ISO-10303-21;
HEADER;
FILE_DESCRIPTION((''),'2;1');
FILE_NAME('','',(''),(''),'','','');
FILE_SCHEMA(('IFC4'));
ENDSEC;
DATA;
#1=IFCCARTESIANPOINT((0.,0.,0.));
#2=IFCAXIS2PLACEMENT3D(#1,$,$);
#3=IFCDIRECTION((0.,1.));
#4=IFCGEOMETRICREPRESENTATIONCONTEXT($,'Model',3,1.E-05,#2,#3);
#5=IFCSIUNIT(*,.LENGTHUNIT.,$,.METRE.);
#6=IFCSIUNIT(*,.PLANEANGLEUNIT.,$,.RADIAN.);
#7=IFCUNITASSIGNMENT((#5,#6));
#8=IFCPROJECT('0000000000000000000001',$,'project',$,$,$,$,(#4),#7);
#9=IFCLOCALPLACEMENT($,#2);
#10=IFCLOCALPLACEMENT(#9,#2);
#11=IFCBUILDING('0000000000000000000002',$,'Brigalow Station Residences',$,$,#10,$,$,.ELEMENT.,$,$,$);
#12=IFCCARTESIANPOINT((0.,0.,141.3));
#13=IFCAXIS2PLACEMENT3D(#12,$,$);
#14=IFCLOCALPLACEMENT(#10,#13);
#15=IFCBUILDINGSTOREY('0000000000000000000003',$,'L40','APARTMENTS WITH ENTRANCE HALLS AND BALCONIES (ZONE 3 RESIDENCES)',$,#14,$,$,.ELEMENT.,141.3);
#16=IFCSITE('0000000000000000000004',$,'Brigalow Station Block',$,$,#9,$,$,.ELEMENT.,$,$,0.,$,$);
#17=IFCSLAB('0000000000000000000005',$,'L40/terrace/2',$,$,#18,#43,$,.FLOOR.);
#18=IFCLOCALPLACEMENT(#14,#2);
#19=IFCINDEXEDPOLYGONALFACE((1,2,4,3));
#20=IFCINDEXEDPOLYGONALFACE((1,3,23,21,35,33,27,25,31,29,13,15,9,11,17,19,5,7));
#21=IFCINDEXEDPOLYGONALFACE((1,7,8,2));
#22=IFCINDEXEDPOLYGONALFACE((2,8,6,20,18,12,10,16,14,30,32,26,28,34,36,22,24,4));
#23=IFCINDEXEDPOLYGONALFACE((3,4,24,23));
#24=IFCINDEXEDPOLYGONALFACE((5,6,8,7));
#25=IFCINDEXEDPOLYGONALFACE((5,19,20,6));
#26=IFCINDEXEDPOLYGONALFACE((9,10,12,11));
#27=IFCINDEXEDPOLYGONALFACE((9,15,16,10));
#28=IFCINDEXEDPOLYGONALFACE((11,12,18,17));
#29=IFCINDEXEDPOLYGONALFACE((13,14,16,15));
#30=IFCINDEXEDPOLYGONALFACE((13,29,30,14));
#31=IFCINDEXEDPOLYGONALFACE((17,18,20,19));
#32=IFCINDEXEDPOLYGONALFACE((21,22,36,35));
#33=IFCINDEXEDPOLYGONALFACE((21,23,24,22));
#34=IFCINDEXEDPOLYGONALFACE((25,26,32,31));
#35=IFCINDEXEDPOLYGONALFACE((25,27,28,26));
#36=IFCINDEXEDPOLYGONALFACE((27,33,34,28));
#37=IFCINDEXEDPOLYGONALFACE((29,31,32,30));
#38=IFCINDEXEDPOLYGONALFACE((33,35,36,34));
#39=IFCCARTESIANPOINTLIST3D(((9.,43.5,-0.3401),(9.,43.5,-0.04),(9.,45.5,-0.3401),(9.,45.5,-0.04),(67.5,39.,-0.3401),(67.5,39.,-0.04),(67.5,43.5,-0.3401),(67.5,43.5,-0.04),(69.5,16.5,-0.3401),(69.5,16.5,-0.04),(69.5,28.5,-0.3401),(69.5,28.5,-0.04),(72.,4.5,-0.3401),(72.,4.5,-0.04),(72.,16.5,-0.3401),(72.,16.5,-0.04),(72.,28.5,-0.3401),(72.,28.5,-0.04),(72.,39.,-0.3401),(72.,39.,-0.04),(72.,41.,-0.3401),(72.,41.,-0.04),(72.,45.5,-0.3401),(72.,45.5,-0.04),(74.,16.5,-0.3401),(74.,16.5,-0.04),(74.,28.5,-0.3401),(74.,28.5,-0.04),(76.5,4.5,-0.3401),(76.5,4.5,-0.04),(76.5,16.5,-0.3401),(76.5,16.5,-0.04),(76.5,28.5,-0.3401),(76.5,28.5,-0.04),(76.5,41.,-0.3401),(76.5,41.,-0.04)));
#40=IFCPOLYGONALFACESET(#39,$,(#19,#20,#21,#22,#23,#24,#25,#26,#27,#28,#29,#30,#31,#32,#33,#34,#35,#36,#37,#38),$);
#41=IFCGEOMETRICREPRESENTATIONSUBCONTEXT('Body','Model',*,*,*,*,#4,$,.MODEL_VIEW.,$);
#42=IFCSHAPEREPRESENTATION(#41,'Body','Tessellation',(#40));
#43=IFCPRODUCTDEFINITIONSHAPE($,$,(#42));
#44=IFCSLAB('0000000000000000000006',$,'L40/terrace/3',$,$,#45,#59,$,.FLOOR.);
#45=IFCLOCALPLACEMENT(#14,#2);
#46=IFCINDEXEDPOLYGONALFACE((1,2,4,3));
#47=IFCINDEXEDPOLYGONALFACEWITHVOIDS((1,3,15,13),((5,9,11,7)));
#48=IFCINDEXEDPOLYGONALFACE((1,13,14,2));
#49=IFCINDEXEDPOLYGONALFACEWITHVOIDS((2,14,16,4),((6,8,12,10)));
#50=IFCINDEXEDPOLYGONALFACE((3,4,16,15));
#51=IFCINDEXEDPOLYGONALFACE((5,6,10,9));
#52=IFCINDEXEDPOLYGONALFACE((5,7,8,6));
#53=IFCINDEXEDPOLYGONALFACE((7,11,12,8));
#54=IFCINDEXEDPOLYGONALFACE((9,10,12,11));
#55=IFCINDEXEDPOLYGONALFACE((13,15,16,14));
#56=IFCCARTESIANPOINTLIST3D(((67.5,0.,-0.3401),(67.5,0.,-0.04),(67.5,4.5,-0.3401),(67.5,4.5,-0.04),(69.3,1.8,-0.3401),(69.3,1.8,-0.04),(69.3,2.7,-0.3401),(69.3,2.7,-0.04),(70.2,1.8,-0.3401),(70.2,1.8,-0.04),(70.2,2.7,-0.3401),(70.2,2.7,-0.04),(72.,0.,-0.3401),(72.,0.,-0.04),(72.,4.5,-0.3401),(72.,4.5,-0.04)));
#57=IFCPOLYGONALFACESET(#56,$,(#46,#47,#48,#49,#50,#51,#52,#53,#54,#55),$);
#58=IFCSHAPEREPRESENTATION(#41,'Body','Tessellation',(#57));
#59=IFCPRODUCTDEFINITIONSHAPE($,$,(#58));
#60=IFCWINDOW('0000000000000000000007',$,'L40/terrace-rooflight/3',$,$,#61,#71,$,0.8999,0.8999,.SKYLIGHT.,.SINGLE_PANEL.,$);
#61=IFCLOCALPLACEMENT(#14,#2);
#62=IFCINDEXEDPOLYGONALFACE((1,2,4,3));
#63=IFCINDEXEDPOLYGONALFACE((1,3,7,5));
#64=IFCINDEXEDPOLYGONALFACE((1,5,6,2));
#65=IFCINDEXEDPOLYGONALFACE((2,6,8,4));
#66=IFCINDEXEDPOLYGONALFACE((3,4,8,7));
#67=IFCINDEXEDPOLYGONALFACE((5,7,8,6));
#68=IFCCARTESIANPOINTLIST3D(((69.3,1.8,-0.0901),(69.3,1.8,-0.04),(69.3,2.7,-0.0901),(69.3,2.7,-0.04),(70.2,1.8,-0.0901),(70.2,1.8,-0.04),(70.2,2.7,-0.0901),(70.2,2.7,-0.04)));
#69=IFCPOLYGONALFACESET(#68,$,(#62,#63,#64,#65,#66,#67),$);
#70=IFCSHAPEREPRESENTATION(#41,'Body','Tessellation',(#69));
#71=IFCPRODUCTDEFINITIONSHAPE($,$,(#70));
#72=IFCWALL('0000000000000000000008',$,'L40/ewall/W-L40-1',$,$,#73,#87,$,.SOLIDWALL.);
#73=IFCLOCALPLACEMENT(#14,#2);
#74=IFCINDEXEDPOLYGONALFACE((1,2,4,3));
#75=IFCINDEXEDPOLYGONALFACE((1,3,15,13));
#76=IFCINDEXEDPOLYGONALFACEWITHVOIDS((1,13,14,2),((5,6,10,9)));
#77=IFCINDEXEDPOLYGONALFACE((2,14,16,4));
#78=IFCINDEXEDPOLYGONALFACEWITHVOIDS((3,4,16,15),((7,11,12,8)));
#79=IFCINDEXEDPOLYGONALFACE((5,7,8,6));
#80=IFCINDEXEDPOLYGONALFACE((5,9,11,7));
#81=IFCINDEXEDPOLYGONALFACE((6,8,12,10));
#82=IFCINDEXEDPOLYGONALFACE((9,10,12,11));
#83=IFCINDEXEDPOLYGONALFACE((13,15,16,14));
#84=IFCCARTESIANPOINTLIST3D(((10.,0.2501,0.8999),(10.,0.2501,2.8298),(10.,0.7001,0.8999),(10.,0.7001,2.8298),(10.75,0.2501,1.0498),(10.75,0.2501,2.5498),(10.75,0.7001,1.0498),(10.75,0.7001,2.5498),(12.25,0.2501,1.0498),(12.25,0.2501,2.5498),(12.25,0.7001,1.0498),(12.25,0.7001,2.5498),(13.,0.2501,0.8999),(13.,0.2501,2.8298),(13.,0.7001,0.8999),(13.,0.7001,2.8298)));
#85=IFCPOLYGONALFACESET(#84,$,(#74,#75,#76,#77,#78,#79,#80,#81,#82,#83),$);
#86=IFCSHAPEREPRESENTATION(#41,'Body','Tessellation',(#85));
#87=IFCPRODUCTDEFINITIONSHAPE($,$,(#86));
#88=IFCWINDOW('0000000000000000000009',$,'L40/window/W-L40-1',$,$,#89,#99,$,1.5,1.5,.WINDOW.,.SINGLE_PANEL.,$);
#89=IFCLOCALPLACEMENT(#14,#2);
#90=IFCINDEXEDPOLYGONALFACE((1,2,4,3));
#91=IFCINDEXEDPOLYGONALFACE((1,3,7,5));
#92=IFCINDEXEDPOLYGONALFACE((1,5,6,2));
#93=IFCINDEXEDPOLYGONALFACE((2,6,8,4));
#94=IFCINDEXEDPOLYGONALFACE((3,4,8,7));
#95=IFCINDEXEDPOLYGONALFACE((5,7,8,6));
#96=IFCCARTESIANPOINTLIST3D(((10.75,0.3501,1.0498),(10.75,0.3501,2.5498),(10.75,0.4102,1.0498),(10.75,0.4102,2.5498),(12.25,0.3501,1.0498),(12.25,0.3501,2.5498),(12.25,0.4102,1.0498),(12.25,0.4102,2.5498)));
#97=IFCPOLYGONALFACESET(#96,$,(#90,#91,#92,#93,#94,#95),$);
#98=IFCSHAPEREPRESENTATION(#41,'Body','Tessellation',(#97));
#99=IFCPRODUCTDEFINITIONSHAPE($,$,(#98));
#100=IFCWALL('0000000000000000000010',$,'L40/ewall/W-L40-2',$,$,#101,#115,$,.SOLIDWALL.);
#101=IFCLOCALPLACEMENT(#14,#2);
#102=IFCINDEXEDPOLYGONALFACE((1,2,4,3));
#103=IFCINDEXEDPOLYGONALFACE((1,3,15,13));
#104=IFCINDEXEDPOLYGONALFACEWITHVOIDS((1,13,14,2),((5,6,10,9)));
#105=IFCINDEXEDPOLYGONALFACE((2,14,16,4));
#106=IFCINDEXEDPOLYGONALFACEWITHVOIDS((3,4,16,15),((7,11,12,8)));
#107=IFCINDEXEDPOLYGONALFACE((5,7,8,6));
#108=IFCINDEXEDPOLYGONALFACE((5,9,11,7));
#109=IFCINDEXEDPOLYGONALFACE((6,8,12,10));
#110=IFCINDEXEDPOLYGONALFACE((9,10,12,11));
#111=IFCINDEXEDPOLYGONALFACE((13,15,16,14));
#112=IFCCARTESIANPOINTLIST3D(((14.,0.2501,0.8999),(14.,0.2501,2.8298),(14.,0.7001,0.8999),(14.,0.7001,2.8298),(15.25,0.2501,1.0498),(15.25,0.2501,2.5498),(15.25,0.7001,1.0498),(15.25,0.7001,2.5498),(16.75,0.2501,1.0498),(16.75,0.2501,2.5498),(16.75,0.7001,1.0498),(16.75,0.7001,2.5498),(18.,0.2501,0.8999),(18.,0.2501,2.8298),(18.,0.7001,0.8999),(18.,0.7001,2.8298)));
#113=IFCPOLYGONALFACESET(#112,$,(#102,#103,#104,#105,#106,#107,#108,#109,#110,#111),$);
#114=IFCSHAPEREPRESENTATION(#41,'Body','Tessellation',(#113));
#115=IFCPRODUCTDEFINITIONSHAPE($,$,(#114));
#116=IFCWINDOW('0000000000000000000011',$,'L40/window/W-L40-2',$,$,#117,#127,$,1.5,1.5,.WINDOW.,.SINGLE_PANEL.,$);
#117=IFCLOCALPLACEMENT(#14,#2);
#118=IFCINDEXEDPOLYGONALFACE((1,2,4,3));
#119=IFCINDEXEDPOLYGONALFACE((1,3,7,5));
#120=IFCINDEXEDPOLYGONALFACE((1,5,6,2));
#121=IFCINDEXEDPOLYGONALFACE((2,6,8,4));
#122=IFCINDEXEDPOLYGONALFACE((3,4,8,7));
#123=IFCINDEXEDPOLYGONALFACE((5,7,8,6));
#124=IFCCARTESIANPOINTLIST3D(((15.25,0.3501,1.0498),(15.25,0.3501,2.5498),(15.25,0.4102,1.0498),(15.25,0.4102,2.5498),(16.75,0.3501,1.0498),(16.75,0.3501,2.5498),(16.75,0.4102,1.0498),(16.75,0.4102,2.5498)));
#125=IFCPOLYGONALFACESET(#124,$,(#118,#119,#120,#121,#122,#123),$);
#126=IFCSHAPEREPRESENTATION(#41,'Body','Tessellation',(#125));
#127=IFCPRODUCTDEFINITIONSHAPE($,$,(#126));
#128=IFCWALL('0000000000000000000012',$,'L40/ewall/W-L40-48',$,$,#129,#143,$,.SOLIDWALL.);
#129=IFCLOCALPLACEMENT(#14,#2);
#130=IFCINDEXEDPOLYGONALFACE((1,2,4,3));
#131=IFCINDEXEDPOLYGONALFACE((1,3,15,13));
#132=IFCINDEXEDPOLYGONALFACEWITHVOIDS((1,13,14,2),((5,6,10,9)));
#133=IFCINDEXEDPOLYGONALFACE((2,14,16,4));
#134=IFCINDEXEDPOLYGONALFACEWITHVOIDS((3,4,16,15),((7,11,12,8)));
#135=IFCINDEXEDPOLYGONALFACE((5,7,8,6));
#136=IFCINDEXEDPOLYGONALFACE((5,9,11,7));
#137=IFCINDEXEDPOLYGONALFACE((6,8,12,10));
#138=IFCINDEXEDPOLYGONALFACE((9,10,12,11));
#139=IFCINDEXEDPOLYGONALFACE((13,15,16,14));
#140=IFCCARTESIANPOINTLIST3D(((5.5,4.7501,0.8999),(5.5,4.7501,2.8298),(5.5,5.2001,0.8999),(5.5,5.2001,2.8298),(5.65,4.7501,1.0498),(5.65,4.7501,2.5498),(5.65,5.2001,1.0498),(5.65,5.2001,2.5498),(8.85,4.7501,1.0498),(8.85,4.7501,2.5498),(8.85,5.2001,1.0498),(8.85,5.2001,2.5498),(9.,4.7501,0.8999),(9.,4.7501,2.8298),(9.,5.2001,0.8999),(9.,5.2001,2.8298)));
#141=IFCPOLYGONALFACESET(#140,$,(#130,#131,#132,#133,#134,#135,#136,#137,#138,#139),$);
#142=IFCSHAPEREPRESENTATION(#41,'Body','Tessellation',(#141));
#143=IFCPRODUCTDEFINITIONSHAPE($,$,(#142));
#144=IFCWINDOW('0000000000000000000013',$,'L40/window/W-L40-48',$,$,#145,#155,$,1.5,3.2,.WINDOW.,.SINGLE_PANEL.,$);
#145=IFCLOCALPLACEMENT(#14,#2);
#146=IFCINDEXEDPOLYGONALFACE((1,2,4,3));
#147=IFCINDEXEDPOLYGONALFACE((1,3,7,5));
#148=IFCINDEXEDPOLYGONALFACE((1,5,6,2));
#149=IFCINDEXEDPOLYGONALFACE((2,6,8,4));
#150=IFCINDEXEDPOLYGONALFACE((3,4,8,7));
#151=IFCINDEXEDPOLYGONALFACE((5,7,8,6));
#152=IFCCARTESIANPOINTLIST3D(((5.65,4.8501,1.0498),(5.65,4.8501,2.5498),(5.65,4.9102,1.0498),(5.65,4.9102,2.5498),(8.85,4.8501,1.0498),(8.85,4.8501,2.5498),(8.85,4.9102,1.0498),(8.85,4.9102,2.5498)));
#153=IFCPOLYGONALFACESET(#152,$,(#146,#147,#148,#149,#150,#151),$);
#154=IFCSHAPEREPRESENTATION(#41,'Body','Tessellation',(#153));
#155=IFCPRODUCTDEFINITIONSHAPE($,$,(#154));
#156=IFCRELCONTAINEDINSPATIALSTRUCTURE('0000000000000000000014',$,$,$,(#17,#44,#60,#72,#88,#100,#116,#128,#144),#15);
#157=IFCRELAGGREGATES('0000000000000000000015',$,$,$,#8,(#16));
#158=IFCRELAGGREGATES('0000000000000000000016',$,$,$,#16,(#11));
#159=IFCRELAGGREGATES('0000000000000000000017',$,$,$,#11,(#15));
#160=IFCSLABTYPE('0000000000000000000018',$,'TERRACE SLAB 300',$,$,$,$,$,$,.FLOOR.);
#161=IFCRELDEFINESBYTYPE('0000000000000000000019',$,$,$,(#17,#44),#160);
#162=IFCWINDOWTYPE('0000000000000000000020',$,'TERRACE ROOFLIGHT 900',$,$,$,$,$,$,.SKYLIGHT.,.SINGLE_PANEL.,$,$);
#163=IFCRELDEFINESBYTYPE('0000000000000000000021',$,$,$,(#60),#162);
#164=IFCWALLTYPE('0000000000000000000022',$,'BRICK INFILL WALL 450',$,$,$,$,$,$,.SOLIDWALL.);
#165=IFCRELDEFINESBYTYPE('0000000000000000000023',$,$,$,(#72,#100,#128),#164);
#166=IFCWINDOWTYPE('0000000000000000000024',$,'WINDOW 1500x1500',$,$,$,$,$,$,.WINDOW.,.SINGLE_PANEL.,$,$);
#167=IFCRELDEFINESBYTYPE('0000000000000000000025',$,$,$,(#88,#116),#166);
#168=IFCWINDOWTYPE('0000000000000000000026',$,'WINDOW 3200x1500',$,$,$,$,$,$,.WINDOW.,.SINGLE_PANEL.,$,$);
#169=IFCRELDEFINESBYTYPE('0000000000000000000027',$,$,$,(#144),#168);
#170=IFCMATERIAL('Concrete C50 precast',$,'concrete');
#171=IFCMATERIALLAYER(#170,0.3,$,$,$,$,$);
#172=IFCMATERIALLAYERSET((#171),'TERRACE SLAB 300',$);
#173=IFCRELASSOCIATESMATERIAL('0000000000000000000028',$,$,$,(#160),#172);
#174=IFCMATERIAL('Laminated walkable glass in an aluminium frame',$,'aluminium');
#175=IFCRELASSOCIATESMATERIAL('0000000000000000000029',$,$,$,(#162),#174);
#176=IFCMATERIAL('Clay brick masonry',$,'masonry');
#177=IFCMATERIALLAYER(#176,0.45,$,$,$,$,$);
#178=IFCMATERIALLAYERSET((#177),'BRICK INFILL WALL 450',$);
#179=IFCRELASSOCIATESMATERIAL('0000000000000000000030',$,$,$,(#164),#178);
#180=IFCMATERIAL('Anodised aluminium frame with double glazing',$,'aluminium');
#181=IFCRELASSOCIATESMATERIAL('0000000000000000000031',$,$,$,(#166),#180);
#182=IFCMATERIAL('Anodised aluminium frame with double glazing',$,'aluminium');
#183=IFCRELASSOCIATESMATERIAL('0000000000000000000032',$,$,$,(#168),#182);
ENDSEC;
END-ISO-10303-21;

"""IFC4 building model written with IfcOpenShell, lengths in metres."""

from ifc_helpers import new_model, si_unit, direction, frame, frame_2d, origin, origin_2d, place, context, subcontext, project, spatial, polyline, rectangle, outline, extrude, material, layer, layer_set, type_object, element, fill, save


model = new_model("IFC4")

# Units and contexts
model_context = context("Model", 3, precision=1e-05, world=origin(), true_north=direction((0.0, 1.0)))
body_context = subcontext(model_context, "Body", "Model", "MODEL_VIEW")
ifc_project = project(units=[si_unit("LENGTHUNIT", "METRE"), si_unit("PLANEANGLEUNIT", "RADIAN")], contexts=[model_context])

# Site, building, storey
site_placement = place(None, origin())
site = spatial("IfcSite", under=ifc_project, at=site_placement, Name="Brigalow Station Block", CompositionType="ELEMENT", RefElevation=0.0)
building_placement = place(site_placement, origin())
building = spatial("IfcBuilding", under=site, at=building_placement, Name="Brigalow Station Residences", CompositionType="ELEMENT")
storey_placement = place(building_placement, frame((0.0, 0.0, 141.3)))
storey = spatial("IfcBuildingStorey", under=building, at=storey_placement, Name="L40", Description="APARTMENTS WITH ENTRANCE HALLS AND BALCONIES (ZONE 3 RESIDENCES)", CompositionType="ELEMENT", Elevation=141.3)

# Shared definitions
ifc_material_1 = material(Name="Concrete C50 precast", Category="concrete")
ifc_layer_1 = layer(ifc_material_1, 0.3)
ifc_layer_set_1 = layer_set([ifc_layer_1], Name="TERRACE SLAB 300")
slab_type_1 = type_object("IfcSlabType", Name="TERRACE SLAB 300", PredefinedType="FLOOR", material=ifc_layer_set_1)
ifc_material_2 = material(Name="Laminated walkable glass in an aluminium frame", Category="aluminium")
window_type_1 = type_object("IfcWindowType", Name="TERRACE ROOFLIGHT 900", PartitioningType="SINGLE_PANEL", PredefinedType="SKYLIGHT", material=ifc_material_2)

# Slab
slab_1_placement = place(storey_placement, frame((0.0, 0.0, -0.3401)))
element("IfcSlab", 1, at=slab_1_placement, inside=storey, type_object=slab_type_1, Name="L40/terrace/2", PredefinedType="FLOOR", context=body_context, shape_type="SweptSolid", body=[
    extrude(outline(polyline([(9.0, 43.5), (67.5, 43.5), (67.5, 39.0), (72.0, 39.0), (72.0, 28.5), (69.5, 28.5), (69.5, 16.5), (72.0, 16.5), (72.0, 4.5), (76.5, 4.5), (76.5, 16.5), (74.0, 16.5), (74.0, 28.5), (76.5, 28.5), (76.5, 41.0), (72.0, 41.0), (72.0, 45.5), (9.0, 45.5), (9.0, 43.5)])), origin(), (0.0, 0.0, 1.0), 0.3),
])

# Slab, opening, window
slab_2_placement = place(storey_placement, frame((0.0, 0.0, -0.3401)))
slab_2 = element("IfcSlab", 2, at=slab_2_placement, inside=storey, type_object=slab_type_1, Name="L40/terrace/3", PredefinedType="FLOOR", context=body_context, shape_type="SweptSolid", body=[
    extrude(outline(polyline([(72.0, 4.5), (67.5, 4.5), (67.5, 0.0), (72.0, 0.0), (72.0, 4.5)])), origin(), (0.0, 0.0, 1.0), 0.3),
])
opening_1_placement = place(slab_2_placement, frame((69.75, 2.25, 0.0)))
opening_1 = element("IfcOpeningElement", 3, at=opening_1_placement, cuts=slab_2, PredefinedType="OPENING", context=body_context, shape_type="SweptSolid", body=[
    extrude(rectangle(XDim=0.8999, YDim=0.8999, at=origin_2d()), origin(), (0.0, 0.0, 1.0), 0.3),
])
window_1_placement = place(opening_1_placement, frame((0.0, 0.0, 0.25)))
window_1 = element("IfcWindow", 4, at=window_1_placement, inside=storey, type_object=window_type_1, Name="L40/terrace-rooflight/3", OverallHeight=0.8999, OverallWidth=0.8999, PartitioningType="SINGLE_PANEL", PredefinedType="SKYLIGHT", context=body_context, shape_type="SweptSolid", body=[
    extrude(rectangle(XDim=0.8999, YDim=0.8999, at=origin_2d()), origin(), (0.0, 0.0, 1.0), 0.05),
])
fill(opening_1, window_1)

# Walls, openings, windows
ifc_material_3 = material(Name="Clay brick masonry", Category="masonry")
ifc_layer_2 = layer(ifc_material_3, 0.45)
ifc_layer_set_2 = layer_set([ifc_layer_2], Name="BRICK INFILL WALL 450")
wall_type_1 = type_object("IfcWallType", Name="BRICK INFILL WALL 450", PredefinedType="SOLIDWALL", material=ifc_layer_set_2)
wall_1_placement = place(storey_placement, frame((10.0, 0.4751, 0.8999), z_axis=(0.0, 0.0, 1.0), x_axis=(1.0, 0.0, 0.0)))
wall_1 = element("IfcWall", 5, at=wall_1_placement, inside=storey, type_object=wall_type_1, Name="L40/ewall/W-L40-1", PredefinedType="SOLIDWALL", context=body_context, shape_type="SweptSolid", body=[
    extrude(rectangle(XDim=3.0, YDim=0.45, at=frame_2d((1.5, 0.0))), origin(), (0.0, 0.0, 1.0), 1.9299),
])
opening_2_placement = place(wall_1_placement, frame((0.75, 0.0, 0.1499)))
opening_2 = element("IfcOpeningElement", 6, at=opening_2_placement, cuts=wall_1, PredefinedType="OPENING", context=body_context, shape_type="SweptSolid", body=[
    extrude(rectangle(XDim=1.5, YDim=1.5, at=frame_2d((0.75, 0.75))), frame((0.0, 0.2349, 0.0), z_axis=(0.0, -1.0, 0.0), x_axis=(1.0, 0.0, 0.0)), (0.0, 0.0, 1.0), 0.47),
])
ifc_material_4 = material(Name="Anodised aluminium frame with double glazing", Category="aluminium")
window_type_2 = type_object("IfcWindowType", Name="WINDOW 1500x1500", PartitioningType="SINGLE_PANEL", PredefinedType="WINDOW", material=ifc_material_4)
window_2_placement = place(opening_2_placement, origin())
window_2 = element("IfcWindow", 7, at=window_2_placement, inside=storey, type_object=window_type_2, Name="L40/window/W-L40-1", OverallHeight=1.5, OverallWidth=1.5, PartitioningType="SINGLE_PANEL", PredefinedType="WINDOW", context=body_context, shape_type="SweptSolid", body=[
    extrude(rectangle(XDim=1.5, YDim=1.5, at=frame_2d((0.75, 0.75))), frame((0.0, -0.0649, 0.0), z_axis=(0.0, -1.0, 0.0), x_axis=(1.0, 0.0, 0.0)), (0.0, 0.0, 1.0), 0.0601),
])
fill(opening_2, window_2)
wall_2_placement = place(storey_placement, frame((14.0, 0.4751, 0.8999), z_axis=(0.0, 0.0, 1.0), x_axis=(1.0, 0.0, 0.0)))
wall_2 = element("IfcWall", 8, at=wall_2_placement, inside=storey, type_object=wall_type_1, Name="L40/ewall/W-L40-2", PredefinedType="SOLIDWALL", context=body_context, shape_type="SweptSolid", body=[
    extrude(rectangle(XDim=4.0, YDim=0.45, at=frame_2d((2.0, 0.0))), origin(), (0.0, 0.0, 1.0), 1.9299),
])
opening_3_placement = place(wall_2_placement, frame((1.25, 0.0, 0.1499)))
opening_3 = element("IfcOpeningElement", 9, at=opening_3_placement, cuts=wall_2, PredefinedType="OPENING", context=body_context, shape_type="SweptSolid", body=[
    extrude(rectangle(XDim=1.5, YDim=1.5, at=frame_2d((0.75, 0.75))), frame((0.0, 0.2349, 0.0), z_axis=(0.0, -1.0, 0.0), x_axis=(1.0, 0.0, 0.0)), (0.0, 0.0, 1.0), 0.47),
])
window_3_placement = place(opening_3_placement, origin())
window_3 = element("IfcWindow", 10, at=window_3_placement, inside=storey, type_object=window_type_2, Name="L40/window/W-L40-2", OverallHeight=1.5, OverallWidth=1.5, PartitioningType="SINGLE_PANEL", PredefinedType="WINDOW", context=body_context, shape_type="SweptSolid", body=[
    extrude(rectangle(XDim=1.5, YDim=1.5, at=frame_2d((0.75, 0.75))), frame((0.0, -0.0649, 0.0), z_axis=(0.0, -1.0, 0.0), x_axis=(1.0, 0.0, 0.0)), (0.0, 0.0, 1.0), 0.0601),
])
fill(opening_3, window_3)
wall_3_placement = place(storey_placement, frame((5.5, 4.9751, 0.8999), z_axis=(0.0, 0.0, 1.0), x_axis=(1.0, 0.0, 0.0)))
wall_3 = element("IfcWall", 11, at=wall_3_placement, inside=storey, type_object=wall_type_1, Name="L40/ewall/W-L40-48", PredefinedType="SOLIDWALL", context=body_context, shape_type="SweptSolid", body=[
    extrude(rectangle(XDim=3.5, YDim=0.45, at=frame_2d((1.75, 0.0))), origin(), (0.0, 0.0, 1.0), 1.9299),
])
opening_4_placement = place(wall_3_placement, frame((0.1499, 0.0, 0.1499)))
opening_4 = element("IfcOpeningElement", 12, at=opening_4_placement, cuts=wall_3, PredefinedType="OPENING", context=body_context, shape_type="SweptSolid", body=[
    extrude(rectangle(XDim=3.2, YDim=1.5, at=frame_2d((1.6001, 0.75))), frame((0.0, 0.2349, 0.0), z_axis=(0.0, -1.0, 0.0), x_axis=(1.0, 0.0, 0.0)), (0.0, 0.0, 1.0), 0.47),
])
ifc_material_5 = material(Name="Anodised aluminium frame with double glazing", Category="aluminium")
window_type_3 = type_object("IfcWindowType", Name="WINDOW 3200x1500", PartitioningType="SINGLE_PANEL", PredefinedType="WINDOW", material=ifc_material_5)
window_4_placement = place(opening_4_placement, origin())
window_4 = element("IfcWindow", 13, at=window_4_placement, inside=storey, type_object=window_type_3, Name="L40/window/W-L40-48", OverallHeight=1.5, OverallWidth=3.2, PartitioningType="SINGLE_PANEL", PredefinedType="WINDOW", context=body_context, shape_type="SweptSolid", body=[
    extrude(rectangle(XDim=3.2, YDim=1.5, at=frame_2d((1.6001, 0.75))), frame((0.0, -0.0649, 0.0), z_axis=(0.0, -1.0, 0.0), x_axis=(1.0, 0.0, 0.0)), (0.0, 0.0, 1.0), 0.0601),
])
fill(opening_4, window_4)

save(model, "model.ifc")
